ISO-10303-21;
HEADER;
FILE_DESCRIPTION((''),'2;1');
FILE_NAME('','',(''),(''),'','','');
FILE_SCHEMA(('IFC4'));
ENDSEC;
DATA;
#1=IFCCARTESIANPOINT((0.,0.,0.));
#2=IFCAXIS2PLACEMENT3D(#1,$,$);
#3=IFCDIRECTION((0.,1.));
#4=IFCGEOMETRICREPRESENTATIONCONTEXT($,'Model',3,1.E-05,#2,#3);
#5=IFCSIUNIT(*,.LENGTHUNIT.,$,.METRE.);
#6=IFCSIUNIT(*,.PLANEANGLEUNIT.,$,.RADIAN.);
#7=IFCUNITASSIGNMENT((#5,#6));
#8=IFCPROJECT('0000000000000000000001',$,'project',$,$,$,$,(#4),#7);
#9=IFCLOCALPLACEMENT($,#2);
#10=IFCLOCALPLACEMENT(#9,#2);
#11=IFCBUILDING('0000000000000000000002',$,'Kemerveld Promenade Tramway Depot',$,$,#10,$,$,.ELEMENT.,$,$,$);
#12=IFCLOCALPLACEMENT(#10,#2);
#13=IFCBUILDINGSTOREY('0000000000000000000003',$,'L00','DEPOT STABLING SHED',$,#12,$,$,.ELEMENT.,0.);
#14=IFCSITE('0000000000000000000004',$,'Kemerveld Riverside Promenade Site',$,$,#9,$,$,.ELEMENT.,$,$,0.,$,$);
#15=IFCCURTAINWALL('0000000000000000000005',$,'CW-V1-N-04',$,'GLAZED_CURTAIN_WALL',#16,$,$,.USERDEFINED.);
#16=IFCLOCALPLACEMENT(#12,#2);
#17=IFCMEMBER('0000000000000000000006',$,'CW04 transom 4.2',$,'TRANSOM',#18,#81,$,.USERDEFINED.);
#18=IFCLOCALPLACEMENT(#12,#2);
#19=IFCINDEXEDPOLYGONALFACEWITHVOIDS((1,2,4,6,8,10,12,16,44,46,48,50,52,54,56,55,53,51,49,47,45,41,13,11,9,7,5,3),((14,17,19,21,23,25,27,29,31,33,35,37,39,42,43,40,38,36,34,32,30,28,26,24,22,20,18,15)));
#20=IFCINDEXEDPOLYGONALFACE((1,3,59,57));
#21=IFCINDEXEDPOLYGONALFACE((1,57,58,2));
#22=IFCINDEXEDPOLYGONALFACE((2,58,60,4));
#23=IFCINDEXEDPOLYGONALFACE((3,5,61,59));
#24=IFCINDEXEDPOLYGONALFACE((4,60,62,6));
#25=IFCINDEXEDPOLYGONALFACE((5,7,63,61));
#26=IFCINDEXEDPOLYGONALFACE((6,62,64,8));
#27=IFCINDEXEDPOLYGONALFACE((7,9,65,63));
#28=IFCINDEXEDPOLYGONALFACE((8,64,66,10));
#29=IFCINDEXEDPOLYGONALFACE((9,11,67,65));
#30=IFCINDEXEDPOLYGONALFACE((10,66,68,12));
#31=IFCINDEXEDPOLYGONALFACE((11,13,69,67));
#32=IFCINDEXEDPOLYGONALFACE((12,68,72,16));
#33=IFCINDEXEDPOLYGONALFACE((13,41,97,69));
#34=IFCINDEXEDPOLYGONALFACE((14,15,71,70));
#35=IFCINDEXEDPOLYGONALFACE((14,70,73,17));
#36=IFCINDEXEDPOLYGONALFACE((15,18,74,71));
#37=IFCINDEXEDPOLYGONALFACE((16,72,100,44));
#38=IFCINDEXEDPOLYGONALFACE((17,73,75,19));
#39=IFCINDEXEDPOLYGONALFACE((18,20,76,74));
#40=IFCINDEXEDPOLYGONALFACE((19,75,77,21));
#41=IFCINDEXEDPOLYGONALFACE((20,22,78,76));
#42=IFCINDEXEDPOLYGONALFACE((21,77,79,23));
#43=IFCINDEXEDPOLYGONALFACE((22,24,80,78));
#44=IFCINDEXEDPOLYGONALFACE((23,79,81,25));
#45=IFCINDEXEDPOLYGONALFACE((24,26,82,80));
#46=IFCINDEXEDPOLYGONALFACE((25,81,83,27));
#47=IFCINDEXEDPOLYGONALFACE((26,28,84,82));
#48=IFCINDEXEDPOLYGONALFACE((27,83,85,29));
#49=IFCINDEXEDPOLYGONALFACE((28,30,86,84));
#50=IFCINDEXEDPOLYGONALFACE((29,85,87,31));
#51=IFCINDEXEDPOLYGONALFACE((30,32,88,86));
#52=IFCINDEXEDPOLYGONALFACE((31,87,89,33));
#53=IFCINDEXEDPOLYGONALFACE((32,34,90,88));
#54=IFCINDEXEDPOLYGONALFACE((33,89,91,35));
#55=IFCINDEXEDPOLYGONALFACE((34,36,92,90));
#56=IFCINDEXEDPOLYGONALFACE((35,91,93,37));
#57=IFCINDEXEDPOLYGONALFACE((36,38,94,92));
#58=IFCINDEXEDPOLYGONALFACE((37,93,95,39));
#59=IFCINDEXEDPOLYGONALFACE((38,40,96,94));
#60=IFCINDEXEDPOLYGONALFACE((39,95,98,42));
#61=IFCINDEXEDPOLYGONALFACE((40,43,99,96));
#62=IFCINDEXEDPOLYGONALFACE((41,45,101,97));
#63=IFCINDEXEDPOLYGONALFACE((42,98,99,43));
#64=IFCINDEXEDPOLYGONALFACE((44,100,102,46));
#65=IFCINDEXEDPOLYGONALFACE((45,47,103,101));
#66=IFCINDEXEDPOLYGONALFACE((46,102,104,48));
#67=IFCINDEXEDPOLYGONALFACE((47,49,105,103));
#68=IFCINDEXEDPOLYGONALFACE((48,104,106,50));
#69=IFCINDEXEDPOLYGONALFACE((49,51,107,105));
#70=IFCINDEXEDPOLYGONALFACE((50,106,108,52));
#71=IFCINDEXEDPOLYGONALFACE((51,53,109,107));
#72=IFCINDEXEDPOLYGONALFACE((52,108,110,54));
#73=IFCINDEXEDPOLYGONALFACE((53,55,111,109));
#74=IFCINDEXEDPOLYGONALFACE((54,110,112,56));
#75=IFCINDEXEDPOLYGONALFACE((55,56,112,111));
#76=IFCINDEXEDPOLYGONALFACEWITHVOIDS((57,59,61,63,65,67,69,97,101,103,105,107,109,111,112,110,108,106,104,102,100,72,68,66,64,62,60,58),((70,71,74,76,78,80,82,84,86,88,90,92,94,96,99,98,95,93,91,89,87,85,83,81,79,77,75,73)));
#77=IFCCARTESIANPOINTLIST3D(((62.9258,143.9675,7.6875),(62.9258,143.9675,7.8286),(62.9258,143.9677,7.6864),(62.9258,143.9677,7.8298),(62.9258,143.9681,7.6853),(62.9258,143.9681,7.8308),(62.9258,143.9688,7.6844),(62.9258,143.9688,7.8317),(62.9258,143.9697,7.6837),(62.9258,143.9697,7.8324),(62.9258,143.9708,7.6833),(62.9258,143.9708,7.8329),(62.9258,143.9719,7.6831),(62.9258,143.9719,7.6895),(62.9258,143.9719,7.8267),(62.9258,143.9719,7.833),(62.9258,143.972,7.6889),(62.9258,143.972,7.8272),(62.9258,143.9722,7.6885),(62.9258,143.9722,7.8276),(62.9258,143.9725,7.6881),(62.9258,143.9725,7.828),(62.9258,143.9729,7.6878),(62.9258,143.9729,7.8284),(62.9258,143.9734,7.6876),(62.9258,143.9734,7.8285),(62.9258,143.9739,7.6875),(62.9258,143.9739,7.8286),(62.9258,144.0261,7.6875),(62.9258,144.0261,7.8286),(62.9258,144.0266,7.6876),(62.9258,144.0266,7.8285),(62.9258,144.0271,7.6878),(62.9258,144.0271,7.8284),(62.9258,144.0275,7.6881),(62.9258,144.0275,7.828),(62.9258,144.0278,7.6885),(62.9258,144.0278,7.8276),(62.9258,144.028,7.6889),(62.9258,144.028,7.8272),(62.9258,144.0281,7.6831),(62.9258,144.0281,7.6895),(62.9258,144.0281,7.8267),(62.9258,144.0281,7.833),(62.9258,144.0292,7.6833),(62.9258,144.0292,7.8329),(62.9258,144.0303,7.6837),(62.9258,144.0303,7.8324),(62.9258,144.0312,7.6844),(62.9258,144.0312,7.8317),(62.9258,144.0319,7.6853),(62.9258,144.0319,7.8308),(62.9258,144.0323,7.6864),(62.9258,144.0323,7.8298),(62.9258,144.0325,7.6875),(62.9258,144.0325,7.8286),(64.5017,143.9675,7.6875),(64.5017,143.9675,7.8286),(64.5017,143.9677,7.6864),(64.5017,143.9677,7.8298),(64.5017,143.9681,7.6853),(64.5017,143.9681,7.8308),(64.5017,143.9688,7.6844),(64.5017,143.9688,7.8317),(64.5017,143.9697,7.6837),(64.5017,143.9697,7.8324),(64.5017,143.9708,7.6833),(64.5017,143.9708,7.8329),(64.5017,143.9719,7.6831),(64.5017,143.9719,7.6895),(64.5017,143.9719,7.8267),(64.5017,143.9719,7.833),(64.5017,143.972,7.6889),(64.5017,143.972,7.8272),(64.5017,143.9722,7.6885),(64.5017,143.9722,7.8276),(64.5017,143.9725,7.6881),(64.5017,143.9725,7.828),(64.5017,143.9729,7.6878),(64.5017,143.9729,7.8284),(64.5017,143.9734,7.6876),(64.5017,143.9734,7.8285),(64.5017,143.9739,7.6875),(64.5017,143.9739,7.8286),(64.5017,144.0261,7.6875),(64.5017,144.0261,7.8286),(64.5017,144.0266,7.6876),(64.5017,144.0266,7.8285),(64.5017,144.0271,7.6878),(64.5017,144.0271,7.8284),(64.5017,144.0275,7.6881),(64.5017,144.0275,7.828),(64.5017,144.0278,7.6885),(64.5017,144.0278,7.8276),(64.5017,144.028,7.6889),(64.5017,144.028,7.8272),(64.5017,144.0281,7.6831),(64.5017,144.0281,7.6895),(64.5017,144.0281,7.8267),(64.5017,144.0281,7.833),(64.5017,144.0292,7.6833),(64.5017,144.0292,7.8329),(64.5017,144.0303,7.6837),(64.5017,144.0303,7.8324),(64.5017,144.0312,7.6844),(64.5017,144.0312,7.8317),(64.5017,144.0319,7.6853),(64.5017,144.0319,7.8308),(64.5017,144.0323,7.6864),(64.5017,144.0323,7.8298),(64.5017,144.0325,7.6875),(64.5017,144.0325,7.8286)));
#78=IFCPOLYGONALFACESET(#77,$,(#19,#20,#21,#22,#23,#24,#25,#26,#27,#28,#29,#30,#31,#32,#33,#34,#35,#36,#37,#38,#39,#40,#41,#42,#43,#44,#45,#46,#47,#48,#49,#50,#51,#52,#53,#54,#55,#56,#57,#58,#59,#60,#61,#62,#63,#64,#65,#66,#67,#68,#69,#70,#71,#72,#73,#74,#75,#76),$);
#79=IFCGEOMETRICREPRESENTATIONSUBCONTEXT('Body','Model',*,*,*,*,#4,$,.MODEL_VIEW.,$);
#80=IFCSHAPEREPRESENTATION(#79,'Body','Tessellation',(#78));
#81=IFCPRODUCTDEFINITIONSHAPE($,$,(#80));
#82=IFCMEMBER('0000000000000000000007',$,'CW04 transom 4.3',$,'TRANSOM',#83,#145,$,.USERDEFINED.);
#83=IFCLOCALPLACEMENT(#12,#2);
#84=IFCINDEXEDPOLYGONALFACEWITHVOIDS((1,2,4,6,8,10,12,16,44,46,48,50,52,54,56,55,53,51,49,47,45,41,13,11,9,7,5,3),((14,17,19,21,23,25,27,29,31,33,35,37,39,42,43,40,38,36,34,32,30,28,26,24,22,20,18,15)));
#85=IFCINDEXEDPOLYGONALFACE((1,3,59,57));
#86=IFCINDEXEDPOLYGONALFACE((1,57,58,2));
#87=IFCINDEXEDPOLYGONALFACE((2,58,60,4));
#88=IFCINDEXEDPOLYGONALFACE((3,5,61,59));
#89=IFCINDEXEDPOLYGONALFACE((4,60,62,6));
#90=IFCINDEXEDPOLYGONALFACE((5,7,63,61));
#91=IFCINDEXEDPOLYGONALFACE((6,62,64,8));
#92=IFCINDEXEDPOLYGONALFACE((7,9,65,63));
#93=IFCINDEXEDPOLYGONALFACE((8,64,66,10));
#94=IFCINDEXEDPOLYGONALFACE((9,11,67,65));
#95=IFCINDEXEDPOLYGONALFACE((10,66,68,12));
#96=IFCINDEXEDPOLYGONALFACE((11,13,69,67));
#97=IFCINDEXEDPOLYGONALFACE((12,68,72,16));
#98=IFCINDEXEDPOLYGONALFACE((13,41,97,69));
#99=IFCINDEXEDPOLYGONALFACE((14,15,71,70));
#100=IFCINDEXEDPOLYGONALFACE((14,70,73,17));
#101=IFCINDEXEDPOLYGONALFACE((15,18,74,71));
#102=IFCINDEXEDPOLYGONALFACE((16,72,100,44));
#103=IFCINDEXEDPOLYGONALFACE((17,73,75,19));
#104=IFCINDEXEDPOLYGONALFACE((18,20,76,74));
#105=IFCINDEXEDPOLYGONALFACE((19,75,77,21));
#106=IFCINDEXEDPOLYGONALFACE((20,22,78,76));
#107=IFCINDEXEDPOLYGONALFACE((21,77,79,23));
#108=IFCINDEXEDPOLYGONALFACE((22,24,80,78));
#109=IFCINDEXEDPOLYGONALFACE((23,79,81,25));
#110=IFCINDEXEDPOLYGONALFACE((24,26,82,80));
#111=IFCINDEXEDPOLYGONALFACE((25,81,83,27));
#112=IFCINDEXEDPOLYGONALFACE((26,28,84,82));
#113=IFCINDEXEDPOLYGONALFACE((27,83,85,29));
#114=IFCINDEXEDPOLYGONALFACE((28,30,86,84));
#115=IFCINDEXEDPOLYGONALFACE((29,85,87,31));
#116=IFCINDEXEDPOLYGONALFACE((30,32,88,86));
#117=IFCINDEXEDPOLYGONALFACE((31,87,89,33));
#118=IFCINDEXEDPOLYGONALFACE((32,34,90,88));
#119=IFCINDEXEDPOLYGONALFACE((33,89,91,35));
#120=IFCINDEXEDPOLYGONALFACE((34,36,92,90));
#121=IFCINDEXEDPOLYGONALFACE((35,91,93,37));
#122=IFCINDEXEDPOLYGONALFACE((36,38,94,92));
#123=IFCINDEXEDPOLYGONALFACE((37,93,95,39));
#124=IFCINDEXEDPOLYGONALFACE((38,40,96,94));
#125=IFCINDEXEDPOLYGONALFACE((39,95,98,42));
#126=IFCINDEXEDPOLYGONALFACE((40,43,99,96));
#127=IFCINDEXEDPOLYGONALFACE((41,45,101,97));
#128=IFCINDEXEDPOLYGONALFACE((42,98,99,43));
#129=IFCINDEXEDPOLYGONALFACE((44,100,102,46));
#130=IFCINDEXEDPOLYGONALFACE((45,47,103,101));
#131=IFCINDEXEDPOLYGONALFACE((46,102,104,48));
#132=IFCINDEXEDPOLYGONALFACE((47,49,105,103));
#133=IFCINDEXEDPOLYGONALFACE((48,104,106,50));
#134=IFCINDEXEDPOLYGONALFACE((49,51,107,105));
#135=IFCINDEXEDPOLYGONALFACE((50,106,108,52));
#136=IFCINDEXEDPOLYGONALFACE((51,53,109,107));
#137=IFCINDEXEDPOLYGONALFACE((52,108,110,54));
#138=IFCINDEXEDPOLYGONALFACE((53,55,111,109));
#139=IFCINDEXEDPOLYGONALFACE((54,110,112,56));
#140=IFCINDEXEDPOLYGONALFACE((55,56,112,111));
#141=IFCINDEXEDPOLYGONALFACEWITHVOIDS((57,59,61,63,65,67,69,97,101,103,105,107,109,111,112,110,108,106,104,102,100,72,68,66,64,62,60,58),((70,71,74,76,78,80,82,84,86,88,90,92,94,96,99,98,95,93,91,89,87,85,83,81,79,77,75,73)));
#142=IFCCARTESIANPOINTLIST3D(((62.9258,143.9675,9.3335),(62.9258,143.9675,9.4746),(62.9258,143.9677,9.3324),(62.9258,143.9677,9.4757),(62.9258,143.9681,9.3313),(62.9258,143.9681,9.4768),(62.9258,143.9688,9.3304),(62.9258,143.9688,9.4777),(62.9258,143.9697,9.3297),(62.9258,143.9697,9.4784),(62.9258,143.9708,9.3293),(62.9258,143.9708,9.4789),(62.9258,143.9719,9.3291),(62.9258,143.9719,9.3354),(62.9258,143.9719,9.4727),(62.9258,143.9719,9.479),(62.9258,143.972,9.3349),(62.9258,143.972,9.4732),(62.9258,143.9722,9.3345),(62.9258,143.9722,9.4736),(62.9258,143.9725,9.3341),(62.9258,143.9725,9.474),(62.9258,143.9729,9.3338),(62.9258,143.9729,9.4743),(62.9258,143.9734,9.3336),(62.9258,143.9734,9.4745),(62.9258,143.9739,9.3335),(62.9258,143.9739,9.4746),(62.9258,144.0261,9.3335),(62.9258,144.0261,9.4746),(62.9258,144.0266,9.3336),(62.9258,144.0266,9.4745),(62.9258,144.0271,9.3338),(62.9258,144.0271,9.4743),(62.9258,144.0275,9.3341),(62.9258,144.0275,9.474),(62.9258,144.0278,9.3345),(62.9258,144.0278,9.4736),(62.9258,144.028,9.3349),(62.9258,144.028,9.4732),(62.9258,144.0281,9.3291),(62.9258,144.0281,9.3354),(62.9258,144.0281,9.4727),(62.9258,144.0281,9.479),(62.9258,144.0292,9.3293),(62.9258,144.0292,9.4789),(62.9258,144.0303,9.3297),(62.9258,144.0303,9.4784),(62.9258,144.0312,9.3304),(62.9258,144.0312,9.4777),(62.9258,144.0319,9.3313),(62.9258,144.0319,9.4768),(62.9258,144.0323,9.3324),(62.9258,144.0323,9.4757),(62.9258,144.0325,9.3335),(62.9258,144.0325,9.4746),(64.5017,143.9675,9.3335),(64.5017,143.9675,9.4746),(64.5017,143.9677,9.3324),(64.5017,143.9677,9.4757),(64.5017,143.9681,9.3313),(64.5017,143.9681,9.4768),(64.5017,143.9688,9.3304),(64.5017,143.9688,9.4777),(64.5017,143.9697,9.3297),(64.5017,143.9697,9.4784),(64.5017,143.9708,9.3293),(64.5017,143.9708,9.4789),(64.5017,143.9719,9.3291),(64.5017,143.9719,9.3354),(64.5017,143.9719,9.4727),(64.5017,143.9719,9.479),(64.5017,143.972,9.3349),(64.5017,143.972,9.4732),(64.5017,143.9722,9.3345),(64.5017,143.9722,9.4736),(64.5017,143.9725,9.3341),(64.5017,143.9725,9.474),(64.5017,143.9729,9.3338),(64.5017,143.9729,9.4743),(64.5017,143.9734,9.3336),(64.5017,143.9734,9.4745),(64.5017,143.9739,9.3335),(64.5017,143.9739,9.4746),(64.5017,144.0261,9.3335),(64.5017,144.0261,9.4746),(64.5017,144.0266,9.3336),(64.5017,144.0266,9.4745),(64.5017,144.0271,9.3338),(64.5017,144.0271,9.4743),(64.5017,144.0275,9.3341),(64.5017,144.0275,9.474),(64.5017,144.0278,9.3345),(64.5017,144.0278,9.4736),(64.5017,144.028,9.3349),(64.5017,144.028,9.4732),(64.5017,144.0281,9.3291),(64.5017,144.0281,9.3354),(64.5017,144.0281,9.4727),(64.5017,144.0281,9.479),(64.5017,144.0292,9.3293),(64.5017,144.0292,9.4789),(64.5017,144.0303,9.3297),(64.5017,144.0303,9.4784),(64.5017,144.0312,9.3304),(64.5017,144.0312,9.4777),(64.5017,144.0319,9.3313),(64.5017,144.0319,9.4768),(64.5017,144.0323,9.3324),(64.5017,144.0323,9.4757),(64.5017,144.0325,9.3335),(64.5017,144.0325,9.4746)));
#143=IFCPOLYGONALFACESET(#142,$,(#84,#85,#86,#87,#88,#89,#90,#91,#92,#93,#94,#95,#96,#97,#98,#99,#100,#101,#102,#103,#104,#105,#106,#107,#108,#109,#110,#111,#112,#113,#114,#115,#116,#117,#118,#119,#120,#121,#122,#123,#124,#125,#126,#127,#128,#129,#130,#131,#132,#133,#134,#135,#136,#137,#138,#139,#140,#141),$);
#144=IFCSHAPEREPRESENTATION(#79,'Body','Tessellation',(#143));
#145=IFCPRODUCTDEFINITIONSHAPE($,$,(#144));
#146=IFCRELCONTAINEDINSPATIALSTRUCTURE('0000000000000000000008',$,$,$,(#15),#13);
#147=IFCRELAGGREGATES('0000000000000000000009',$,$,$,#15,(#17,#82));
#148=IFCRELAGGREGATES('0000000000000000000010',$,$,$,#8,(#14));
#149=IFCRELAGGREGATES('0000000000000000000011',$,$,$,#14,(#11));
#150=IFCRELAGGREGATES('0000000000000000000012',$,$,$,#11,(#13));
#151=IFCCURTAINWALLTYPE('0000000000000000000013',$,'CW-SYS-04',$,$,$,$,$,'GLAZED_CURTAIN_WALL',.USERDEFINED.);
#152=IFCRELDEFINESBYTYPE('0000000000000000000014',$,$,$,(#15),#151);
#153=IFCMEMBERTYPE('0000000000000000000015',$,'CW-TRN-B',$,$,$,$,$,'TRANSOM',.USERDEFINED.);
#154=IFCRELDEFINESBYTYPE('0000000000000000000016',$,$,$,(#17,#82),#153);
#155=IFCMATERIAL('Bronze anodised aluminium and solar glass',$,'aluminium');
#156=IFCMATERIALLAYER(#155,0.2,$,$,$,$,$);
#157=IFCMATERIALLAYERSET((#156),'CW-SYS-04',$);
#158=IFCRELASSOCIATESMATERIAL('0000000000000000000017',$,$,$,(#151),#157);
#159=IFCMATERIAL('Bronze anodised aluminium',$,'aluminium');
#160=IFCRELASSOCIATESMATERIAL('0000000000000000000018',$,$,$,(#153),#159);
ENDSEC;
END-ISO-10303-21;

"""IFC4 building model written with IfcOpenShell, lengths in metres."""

from ifc_helpers import new_model, si_unit, direction, frame, origin, origin_2d, place, context, subcontext, project, spatial, hollow_rectangle, extrude, material, layer, layer_set, material_profile, profile_set, type_object, element, aggregate, save


model = new_model("IFC4")

# Units and contexts
model_context = context("Model", 3, precision=1e-05, world=origin(), true_north=direction((0.0, 1.0)))
body_context = subcontext(model_context, "Body", "Model", "MODEL_VIEW")
ifc_project = project(units=[si_unit("LENGTHUNIT", "METRE"), si_unit("PLANEANGLEUNIT", "RADIAN")], contexts=[model_context])

# Site, building, storey
site_placement = place(None, origin())
site = spatial("IfcSite", under=ifc_project, at=site_placement, Name="Kemerveld Riverside Promenade Site", CompositionType="ELEMENT", RefElevation=0.0)
building_placement = place(site_placement, origin())
building = spatial("IfcBuilding", under=site, at=building_placement, Name="Kemerveld Promenade Tramway Depot", CompositionType="ELEMENT")
storey_placement = place(building_placement, origin())
storey = spatial("IfcBuildingStorey", under=building, at=storey_placement, Name="L00", Description="DEPOT STABLING SHED", CompositionType="ELEMENT", Elevation=0.0)

# Curtain wall, members
ifc_material_1 = material(Name="Bronze anodised aluminium and solar glass", Category="aluminium")
ifc_material_2 = material(Name="Bronze anodised aluminium", Category="aluminium")
ifc_layer_1 = layer(ifc_material_1, 0.2)
ifc_layer_set_1 = layer_set([ifc_layer_1], Name="CW-SYS-04")
curtain_wall_type_1 = type_object("IfcCurtainWallType", Name="CW-SYS-04", ElementType="GLAZED_CURTAIN_WALL", PredefinedType="USERDEFINED", material=ifc_layer_set_1)
curtain_wall_1_placement = place(storey_placement, origin())
curtain_wall_1 = element("IfcCurtainWall", 1, at=curtain_wall_1_placement, inside=storey, type_object=curtain_wall_type_1, Name="CW-V1-N-04", ObjectType="GLAZED_CURTAIN_WALL", PredefinedType="USERDEFINED")
ifc_material_profile_1 = material_profile(ifc_material_2, hollow_rectangle(XDim=0.0649, YDim=0.1499, WallThickness=0.0044, InnerFilletRadius=0.002, OuterFilletRadius=0.0044, at=origin_2d()), Name="CW-TRN-150x65")
ifc_profile_set_1 = profile_set([ifc_material_profile_1], Name="Bronze anodised aluminium")
member_type_1 = type_object("IfcMemberType", Name="CW-TRN-B", ElementType="TRANSOM", PredefinedType="USERDEFINED", material=ifc_profile_set_1)
member_1_placement = place(storey_placement, frame((62.9258, 144.0, 7.7581), z_axis=(1.0, 0.0, 0.0), x_axis=(0.0, 1.0, 0.0)))
member_1 = element("IfcMember", 2, at=member_1_placement, type_object=member_type_1, Name="CW04 transom 4.2", ObjectType="TRANSOM", PredefinedType="USERDEFINED", context=body_context, shape_type="SweptSolid", body=[
    extrude(hollow_rectangle(XDim=0.0649, YDim=0.1499, WallThickness=0.0044, InnerFilletRadius=0.002, OuterFilletRadius=0.0044, at=origin_2d()), origin(), (0.0, 0.0, 1.0), 1.5759),
])
member_2_placement = place(storey_placement, frame((62.9258, 144.0, 9.4041), z_axis=(1.0, 0.0, 0.0), x_axis=(0.0, 1.0, 0.0)))
member_2 = element("IfcMember", 3, at=member_2_placement, type_object=member_type_1, Name="CW04 transom 4.3", ObjectType="TRANSOM", PredefinedType="USERDEFINED", context=body_context, shape_type="SweptSolid", body=[
    extrude(hollow_rectangle(XDim=0.0649, YDim=0.1499, WallThickness=0.0044, InnerFilletRadius=0.002, OuterFilletRadius=0.0044, at=origin_2d()), origin(), (0.0, 0.0, 1.0), 1.5759),
])

aggregate(curtain_wall_1, [member_1, member_2])

save(model, "model.ifc")
